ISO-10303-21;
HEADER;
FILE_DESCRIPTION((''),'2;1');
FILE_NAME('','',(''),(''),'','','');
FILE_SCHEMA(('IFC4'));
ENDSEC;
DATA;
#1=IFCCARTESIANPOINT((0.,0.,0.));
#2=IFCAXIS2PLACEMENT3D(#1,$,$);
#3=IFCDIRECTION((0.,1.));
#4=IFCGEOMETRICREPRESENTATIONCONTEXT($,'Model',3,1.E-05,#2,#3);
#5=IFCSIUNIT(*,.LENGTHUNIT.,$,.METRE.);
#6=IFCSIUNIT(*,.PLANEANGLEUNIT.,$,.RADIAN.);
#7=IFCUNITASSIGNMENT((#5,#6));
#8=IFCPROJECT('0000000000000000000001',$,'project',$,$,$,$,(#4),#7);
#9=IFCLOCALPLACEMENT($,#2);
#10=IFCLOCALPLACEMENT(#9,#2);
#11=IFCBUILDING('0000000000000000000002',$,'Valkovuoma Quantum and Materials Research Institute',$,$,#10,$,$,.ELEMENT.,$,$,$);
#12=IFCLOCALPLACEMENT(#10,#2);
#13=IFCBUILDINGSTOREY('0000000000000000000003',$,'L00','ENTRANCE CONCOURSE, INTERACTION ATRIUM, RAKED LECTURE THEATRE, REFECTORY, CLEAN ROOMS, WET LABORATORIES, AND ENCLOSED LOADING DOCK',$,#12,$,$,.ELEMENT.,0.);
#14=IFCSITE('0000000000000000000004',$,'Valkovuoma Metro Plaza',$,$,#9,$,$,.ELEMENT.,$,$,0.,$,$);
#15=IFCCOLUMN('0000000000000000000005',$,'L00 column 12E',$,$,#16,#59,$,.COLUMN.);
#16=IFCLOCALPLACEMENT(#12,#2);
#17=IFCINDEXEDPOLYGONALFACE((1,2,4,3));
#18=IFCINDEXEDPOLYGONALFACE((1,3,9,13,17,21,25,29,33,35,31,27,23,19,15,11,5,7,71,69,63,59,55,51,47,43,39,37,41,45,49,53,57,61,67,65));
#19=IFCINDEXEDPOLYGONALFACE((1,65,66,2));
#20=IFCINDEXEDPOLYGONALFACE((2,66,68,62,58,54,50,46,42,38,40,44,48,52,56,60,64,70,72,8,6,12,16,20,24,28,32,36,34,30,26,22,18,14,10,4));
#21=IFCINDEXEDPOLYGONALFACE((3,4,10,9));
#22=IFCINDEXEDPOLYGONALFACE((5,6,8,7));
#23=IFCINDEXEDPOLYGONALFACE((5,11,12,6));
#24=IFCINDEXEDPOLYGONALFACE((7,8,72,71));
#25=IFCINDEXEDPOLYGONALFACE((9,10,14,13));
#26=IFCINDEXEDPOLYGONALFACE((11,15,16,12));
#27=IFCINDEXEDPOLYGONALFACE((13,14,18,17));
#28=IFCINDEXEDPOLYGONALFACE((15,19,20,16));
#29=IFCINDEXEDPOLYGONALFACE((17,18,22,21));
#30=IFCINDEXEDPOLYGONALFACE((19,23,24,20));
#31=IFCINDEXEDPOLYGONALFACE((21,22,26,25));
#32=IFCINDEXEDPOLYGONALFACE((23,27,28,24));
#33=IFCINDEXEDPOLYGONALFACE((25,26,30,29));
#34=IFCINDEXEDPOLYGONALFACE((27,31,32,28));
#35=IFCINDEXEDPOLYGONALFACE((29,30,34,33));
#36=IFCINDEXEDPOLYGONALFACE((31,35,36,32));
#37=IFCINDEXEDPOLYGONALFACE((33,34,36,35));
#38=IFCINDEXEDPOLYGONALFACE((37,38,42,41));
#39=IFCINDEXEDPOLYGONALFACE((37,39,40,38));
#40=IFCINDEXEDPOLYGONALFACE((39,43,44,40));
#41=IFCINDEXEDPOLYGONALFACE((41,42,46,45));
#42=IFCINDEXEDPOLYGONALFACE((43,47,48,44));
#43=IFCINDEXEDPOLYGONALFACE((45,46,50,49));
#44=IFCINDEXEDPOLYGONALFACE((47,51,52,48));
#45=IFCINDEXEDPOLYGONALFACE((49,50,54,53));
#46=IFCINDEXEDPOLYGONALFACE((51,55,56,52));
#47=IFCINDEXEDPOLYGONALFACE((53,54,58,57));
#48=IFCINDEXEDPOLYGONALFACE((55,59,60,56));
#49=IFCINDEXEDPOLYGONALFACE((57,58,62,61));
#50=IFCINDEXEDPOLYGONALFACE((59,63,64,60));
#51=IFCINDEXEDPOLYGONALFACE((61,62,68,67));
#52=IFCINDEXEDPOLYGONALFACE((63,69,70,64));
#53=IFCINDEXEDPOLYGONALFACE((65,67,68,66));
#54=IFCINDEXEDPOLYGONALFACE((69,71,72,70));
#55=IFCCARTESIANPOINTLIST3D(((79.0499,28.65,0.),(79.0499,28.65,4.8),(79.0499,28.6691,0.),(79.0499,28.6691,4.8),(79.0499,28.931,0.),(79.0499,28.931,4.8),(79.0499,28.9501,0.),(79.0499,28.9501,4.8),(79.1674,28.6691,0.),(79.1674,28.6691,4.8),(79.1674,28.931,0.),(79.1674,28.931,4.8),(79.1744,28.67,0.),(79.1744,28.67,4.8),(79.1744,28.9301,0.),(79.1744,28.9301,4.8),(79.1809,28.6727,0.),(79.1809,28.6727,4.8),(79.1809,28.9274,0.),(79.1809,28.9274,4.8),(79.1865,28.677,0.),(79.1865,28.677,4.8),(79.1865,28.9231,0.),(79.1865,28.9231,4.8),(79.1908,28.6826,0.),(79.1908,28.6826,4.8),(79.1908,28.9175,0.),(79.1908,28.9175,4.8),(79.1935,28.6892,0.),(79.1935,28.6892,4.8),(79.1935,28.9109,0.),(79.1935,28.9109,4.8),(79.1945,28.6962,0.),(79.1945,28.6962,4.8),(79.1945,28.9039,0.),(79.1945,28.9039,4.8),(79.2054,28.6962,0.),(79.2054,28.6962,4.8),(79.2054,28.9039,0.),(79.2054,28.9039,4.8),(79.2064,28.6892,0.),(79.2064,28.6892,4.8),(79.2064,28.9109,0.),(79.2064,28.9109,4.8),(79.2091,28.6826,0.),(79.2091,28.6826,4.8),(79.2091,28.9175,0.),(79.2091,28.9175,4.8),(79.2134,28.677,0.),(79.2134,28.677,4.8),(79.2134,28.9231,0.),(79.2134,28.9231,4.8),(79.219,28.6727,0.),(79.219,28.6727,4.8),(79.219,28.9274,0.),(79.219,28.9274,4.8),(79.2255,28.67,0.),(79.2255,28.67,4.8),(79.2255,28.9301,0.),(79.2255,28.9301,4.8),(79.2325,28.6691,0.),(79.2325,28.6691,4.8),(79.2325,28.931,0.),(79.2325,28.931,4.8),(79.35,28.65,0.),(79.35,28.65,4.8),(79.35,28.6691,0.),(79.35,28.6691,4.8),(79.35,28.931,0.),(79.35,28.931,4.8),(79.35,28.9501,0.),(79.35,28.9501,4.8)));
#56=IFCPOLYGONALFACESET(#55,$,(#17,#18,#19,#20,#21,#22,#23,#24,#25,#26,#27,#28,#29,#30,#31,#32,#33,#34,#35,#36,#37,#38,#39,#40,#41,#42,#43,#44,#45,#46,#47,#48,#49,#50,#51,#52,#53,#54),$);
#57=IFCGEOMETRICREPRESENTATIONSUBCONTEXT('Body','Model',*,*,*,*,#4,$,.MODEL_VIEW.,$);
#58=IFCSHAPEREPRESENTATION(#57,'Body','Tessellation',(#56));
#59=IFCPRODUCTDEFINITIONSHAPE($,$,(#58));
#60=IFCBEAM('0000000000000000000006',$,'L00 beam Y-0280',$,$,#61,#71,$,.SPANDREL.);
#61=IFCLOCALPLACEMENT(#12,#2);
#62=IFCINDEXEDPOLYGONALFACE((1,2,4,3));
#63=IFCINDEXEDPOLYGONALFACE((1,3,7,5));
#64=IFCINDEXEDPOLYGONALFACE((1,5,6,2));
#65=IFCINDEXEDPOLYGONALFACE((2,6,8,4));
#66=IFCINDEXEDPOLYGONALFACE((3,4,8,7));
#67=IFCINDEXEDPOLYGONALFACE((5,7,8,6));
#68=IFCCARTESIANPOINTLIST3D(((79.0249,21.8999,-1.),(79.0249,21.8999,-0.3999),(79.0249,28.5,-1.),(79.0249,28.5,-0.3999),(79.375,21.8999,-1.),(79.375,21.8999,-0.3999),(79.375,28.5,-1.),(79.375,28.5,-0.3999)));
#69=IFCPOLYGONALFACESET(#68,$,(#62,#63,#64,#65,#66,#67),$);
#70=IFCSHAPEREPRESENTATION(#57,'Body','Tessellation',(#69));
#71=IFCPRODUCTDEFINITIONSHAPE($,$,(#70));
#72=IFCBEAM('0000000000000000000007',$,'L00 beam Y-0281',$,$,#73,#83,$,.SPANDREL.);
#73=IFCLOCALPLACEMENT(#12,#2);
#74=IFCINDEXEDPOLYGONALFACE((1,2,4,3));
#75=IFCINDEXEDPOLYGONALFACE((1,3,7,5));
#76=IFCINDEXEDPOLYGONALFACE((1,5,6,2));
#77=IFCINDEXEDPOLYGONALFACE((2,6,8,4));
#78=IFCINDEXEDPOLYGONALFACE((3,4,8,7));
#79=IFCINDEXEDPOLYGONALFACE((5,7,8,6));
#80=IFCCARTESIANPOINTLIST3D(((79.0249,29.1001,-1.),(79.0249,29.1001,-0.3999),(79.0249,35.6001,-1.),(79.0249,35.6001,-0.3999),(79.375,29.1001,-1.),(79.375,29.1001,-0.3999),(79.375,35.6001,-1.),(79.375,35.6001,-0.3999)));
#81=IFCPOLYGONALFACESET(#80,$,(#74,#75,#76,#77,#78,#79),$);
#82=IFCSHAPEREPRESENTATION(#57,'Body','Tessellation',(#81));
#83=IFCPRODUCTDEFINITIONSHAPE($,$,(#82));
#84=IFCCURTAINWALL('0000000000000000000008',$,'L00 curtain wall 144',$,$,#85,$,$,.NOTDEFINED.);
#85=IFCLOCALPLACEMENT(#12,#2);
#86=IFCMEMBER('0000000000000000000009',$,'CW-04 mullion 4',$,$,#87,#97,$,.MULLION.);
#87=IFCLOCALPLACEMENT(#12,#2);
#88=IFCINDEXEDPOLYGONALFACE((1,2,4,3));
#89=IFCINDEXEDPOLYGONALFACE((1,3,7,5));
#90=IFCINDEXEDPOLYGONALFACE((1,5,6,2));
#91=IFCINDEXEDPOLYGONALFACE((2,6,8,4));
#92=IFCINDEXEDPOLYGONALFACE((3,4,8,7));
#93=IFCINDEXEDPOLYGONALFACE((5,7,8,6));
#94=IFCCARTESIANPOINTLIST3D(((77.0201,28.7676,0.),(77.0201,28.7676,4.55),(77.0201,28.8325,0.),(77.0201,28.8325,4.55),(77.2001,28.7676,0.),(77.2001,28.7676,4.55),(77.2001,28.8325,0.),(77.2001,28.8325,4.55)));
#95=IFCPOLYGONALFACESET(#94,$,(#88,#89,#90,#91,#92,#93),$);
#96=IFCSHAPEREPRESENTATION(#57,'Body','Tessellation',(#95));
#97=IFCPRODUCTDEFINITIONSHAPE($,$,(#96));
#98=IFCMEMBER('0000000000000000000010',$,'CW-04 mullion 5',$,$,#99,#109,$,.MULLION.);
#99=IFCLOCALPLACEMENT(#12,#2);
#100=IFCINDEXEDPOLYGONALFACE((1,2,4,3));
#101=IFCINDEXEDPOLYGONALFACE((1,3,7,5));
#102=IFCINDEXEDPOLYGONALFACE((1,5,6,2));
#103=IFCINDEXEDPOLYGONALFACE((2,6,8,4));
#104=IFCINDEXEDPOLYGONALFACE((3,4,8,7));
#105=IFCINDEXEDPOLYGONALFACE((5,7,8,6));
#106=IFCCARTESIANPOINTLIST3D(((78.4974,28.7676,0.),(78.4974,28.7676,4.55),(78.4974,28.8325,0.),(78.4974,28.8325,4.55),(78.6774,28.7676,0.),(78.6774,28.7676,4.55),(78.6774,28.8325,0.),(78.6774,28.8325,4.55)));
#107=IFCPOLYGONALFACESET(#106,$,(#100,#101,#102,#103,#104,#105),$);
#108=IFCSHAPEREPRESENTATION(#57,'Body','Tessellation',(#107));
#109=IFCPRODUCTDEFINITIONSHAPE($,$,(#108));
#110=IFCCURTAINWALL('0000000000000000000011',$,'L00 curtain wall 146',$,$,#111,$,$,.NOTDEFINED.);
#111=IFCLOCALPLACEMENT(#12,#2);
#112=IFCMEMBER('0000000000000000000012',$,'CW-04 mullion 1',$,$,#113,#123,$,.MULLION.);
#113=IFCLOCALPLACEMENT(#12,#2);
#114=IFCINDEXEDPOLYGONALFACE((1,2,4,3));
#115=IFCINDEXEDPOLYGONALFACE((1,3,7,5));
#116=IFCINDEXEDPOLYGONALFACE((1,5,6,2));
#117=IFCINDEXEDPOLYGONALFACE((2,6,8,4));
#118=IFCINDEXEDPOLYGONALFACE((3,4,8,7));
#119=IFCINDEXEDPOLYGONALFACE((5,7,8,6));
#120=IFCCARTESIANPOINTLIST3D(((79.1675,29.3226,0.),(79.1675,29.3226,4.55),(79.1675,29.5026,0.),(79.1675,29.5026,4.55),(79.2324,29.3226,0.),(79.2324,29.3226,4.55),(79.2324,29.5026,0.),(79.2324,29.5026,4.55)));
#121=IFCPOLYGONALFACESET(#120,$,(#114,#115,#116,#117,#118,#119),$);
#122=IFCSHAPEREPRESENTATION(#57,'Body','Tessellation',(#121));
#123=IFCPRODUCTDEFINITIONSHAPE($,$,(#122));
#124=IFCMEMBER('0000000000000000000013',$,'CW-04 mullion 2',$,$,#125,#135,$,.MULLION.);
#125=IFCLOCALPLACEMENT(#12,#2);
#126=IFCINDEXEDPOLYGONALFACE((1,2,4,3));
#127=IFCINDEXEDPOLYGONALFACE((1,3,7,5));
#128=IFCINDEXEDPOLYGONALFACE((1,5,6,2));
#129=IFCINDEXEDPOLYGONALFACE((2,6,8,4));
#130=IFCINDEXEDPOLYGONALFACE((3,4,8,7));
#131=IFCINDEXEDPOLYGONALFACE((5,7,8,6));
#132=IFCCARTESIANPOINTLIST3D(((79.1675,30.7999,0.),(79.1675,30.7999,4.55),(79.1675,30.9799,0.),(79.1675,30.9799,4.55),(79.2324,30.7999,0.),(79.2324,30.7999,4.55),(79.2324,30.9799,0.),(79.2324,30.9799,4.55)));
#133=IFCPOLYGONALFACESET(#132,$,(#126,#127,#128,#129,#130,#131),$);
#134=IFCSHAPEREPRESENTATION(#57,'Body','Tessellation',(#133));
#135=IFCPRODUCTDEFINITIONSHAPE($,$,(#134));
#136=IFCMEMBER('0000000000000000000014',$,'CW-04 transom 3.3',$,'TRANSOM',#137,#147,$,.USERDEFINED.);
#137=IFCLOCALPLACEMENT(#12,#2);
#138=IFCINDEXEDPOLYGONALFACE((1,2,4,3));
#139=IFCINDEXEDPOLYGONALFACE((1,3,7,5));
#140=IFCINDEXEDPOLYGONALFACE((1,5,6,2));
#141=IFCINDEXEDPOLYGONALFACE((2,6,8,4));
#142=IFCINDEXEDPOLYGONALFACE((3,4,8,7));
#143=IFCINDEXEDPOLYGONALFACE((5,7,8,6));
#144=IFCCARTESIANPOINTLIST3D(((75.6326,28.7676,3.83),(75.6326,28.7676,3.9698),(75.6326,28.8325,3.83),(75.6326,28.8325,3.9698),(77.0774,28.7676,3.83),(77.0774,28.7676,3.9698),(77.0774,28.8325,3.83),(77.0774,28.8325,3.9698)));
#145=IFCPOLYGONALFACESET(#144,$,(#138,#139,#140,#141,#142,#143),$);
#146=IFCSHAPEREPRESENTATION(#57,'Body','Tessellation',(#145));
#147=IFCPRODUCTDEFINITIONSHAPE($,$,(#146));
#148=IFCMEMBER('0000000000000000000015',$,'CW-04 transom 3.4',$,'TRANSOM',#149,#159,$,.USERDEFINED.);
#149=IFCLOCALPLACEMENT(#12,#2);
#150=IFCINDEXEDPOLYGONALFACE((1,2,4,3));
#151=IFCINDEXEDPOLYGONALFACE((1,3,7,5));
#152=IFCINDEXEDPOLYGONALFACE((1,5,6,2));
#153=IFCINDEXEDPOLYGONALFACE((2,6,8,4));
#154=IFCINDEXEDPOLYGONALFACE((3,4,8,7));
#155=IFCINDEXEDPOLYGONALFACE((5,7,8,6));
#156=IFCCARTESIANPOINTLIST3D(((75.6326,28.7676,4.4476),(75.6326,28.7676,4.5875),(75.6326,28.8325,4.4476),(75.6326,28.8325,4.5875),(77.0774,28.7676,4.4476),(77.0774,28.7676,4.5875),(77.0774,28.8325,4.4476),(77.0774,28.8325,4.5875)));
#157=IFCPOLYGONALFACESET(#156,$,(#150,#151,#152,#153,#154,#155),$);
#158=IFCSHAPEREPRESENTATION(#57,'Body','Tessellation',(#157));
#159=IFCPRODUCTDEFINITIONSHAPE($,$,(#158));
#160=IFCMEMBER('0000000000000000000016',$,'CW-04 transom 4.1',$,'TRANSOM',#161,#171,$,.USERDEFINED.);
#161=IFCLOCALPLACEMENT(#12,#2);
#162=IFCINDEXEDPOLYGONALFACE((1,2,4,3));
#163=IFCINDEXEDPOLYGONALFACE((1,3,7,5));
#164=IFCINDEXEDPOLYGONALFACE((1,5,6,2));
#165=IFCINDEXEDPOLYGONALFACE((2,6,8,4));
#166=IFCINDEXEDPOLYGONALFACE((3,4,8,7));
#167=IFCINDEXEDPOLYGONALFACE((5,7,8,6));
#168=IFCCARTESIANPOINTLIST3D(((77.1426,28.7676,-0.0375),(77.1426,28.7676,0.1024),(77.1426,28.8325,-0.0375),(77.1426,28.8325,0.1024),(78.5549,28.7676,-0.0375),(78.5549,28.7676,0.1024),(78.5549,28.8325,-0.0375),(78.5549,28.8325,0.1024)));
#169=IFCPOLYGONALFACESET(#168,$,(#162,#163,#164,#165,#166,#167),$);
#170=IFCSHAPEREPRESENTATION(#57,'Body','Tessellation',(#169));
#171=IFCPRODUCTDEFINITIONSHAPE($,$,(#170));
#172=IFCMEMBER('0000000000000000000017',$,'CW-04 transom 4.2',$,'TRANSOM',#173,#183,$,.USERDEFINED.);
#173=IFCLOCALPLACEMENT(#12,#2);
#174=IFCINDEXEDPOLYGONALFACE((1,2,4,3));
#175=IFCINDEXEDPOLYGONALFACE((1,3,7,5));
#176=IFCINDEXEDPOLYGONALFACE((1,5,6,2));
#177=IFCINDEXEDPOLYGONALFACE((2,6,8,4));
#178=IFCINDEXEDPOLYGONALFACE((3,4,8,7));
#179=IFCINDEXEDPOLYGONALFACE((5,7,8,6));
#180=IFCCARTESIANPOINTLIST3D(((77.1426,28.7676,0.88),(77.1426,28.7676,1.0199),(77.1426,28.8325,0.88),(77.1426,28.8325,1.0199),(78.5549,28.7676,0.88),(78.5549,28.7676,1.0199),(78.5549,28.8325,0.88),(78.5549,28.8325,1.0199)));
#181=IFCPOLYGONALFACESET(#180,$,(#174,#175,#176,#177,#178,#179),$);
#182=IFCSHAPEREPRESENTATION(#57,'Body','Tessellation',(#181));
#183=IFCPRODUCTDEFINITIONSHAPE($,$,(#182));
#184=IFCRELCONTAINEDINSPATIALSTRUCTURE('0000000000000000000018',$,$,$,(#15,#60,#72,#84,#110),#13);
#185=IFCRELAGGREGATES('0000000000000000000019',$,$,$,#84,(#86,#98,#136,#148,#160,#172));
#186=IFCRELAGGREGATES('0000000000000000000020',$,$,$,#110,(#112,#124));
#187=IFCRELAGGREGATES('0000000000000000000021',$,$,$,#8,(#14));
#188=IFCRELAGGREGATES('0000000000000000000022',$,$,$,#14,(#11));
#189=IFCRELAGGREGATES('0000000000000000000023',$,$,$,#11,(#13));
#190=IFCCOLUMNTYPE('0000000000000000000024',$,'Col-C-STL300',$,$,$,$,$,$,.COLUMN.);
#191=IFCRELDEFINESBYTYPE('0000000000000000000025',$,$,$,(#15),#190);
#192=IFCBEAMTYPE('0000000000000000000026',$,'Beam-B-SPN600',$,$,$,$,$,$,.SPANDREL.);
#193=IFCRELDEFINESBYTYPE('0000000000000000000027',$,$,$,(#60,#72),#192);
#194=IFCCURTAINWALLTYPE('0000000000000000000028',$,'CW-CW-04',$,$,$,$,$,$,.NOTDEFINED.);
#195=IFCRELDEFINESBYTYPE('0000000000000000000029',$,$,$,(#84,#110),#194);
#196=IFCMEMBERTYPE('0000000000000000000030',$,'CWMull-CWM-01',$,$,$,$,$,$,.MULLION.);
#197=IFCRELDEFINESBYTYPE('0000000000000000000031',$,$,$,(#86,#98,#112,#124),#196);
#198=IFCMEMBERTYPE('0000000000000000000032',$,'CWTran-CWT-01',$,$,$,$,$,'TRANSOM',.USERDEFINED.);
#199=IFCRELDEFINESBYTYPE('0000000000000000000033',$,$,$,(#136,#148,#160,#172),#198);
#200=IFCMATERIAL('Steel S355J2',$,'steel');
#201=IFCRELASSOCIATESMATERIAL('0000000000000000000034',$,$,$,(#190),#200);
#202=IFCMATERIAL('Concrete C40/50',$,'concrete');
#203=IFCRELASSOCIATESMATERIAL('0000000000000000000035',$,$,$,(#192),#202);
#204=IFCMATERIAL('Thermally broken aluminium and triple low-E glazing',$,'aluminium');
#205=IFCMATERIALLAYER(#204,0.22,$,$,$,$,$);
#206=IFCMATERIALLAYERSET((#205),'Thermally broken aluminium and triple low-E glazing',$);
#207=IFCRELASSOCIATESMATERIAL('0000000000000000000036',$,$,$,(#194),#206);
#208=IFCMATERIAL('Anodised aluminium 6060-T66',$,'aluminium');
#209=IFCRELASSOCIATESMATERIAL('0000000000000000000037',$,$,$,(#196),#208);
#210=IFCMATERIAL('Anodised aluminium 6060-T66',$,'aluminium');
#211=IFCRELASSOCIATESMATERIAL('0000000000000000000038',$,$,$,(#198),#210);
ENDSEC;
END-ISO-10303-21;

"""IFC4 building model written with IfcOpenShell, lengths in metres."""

from ifc_helpers import new_model, si_unit, direction, frame, origin, origin_2d, place, context, subcontext, project, spatial, rectangle, i_section, extrude, material, layer, layer_set, material_profile, profile_set, type_object, element, aggregate, save


model = new_model("IFC4")

# Units and contexts
model_context = context("Model", 3, precision=1e-05, world=origin(), true_north=direction((0.0, 1.0)))
body_context = subcontext(model_context, "Body", "Model", "MODEL_VIEW")
ifc_project = project(units=[si_unit("LENGTHUNIT", "METRE"), si_unit("PLANEANGLEUNIT", "RADIAN")], contexts=[model_context])

# Site, building, storey
site_placement = place(None, origin())
site = spatial("IfcSite", under=ifc_project, at=site_placement, Name="Valkovuoma Metro Plaza", CompositionType="ELEMENT", RefElevation=0.0)
building_placement = place(site_placement, origin())
building = spatial("IfcBuilding", under=site, at=building_placement, Name="Valkovuoma Quantum and Materials Research Institute", CompositionType="ELEMENT")
storey_placement = place(building_placement, origin())
storey = spatial("IfcBuildingStorey", under=building, at=storey_placement, Name="L00", Description="ENTRANCE CONCOURSE, INTERACTION ATRIUM, RAKED LECTURE THEATRE, REFECTORY, CLEAN ROOMS, WET LABORATORIES, AND ENCLOSED LOADING DOCK", CompositionType="ELEMENT", Elevation=0.0)

# Column
ifc_material_1 = material(Name="Steel S355J2", Category="steel")
ifc_material_profile_1 = material_profile(ifc_material_1, i_section(OverallWidth=0.3, OverallDepth=0.3, WebThickness=0.011, FlangeThickness=0.019, FilletRadius=0.0271, at=origin_2d()), Name="Steel S355J2")
ifc_profile_set_1 = profile_set([ifc_material_profile_1], Name="Steel S355J2")
column_type = type_object("IfcColumnType", Name="Col-C-STL300", PredefinedType="COLUMN", material=ifc_profile_set_1)
column_placement = place(storey_placement, frame((79.2, 28.8, 0.0), z_axis=(0.0, 0.0, 1.0), x_axis=(1.0, 0.0, 0.0)))
element("IfcColumn", 1, at=column_placement, inside=storey, type_object=column_type, Name="L00 column 12E", PredefinedType="COLUMN", context=body_context, shape_type="SweptSolid", body=[
    extrude(i_section(OverallWidth=0.3, OverallDepth=0.3, WebThickness=0.011, FlangeThickness=0.019, FilletRadius=0.0271, at=origin_2d()), origin(), (0.0, 0.0, 1.0), 4.8),
])

# Beams
ifc_material_2 = material(Name="Concrete C40/50", Category="concrete")
ifc_material_profile_2 = material_profile(ifc_material_2, rectangle(XDim=0.3501, YDim=0.6001, at=origin_2d()), Name="Concrete C40/50")
ifc_profile_set_2 = profile_set([ifc_material_profile_2], Name="Concrete C40/50")
beam_type = type_object("IfcBeamType", Name="Beam-B-SPN600", PredefinedType="SPANDREL", material=ifc_profile_set_2)
beam_1_placement = place(storey_placement, frame((79.2, 21.8999, -0.7), z_axis=(0.0, 1.0, 0.0), x_axis=(-1.0, 0.0, 0.0)))
element("IfcBeam", 2, at=beam_1_placement, inside=storey, type_object=beam_type, Name="L00 beam Y-0280", PredefinedType="SPANDREL", context=body_context, shape_type="SweptSolid", body=[
    extrude(rectangle(XDim=0.3501, YDim=0.6001, at=origin_2d()), origin(), (0.0, 0.0, 1.0), 6.6001),
])
beam_2_placement = place(storey_placement, frame((79.2, 29.1001, -0.7), z_axis=(0.0, 1.0, 0.0), x_axis=(-1.0, 0.0, 0.0)))
element("IfcBeam", 3, at=beam_2_placement, inside=storey, type_object=beam_type, Name="L00 beam Y-0281", PredefinedType="SPANDREL", context=body_context, shape_type="SweptSolid", body=[
    extrude(rectangle(XDim=0.3501, YDim=0.6001, at=origin_2d()), origin(), (0.0, 0.0, 1.0), 6.5),
])

# Curtain walls, members
ifc_material_3 = material(Name="Thermally broken aluminium and triple low-E glazing", Category="aluminium")
ifc_layer_1 = layer(ifc_material_3, 0.22)
ifc_layer_set_1 = layer_set([ifc_layer_1], Name="Thermally broken aluminium and triple low-E glazing")
curtain_wall_type = type_object("IfcCurtainWallType", Name="CW-CW-04", PredefinedType="NOTDEFINED", material=ifc_layer_set_1)
curtain_wall_1_placement = place(storey_placement, origin())
curtain_wall_1 = element("IfcCurtainWall", 4, at=curtain_wall_1_placement, inside=storey, type_object=curtain_wall_type, Name="L00 curtain wall 144", PredefinedType="NOTDEFINED")
ifc_material_4 = material(Name="Anodised aluminium 6060-T66", Category="aluminium")
ifc_material_profile_3 = material_profile(ifc_material_4, rectangle(XDim=0.0649, YDim=0.1799, at=origin_2d()), Name="Anodised aluminium 6060-T66")
ifc_profile_set_3 = profile_set([ifc_material_profile_3], Name="Anodised aluminium 6060-T66")
member_type_1 = type_object("IfcMemberType", Name="CWMull-CWM-01", PredefinedType="MULLION", material=ifc_profile_set_3)
member_1_placement = place(storey_placement, frame((77.1101, 28.8, 0.0), z_axis=(0.0, 0.0, 1.0), x_axis=(0.0, 1.0, 0.0)))
member_1 = element("IfcMember", 5, at=member_1_placement, type_object=member_type_1, Name="CW-04 mullion 4", PredefinedType="MULLION", context=body_context, shape_type="SweptSolid", body=[
    extrude(rectangle(XDim=0.0649, YDim=0.1799, at=origin_2d()), origin(), (0.0, 0.0, 1.0), 4.55),
])
member_2_placement = place(storey_placement, frame((78.5874, 28.8, 0.0), z_axis=(0.0, 0.0, 1.0), x_axis=(0.0, 1.0, 0.0)))
member_2 = element("IfcMember", 6, at=member_2_placement, type_object=member_type_1, Name="CW-04 mullion 5", PredefinedType="MULLION", context=body_context, shape_type="SweptSolid", body=[
    extrude(rectangle(XDim=0.0649, YDim=0.1799, at=origin_2d()), origin(), (0.0, 0.0, 1.0), 4.55),
])
curtain_wall_2_placement = place(storey_placement, origin())
curtain_wall_2 = element("IfcCurtainWall", 7, at=curtain_wall_2_placement, inside=storey, type_object=curtain_wall_type, Name="L00 curtain wall 146", PredefinedType="NOTDEFINED")
member_3_placement = place(storey_placement, frame((79.2, 29.4126, 0.0), z_axis=(0.0, 0.0, 1.0), x_axis=(-1.0, 0.0, 0.0)))
member_3 = element("IfcMember", 8, at=member_3_placement, type_object=member_type_1, Name="CW-04 mullion 1", PredefinedType="MULLION", context=body_context, shape_type="SweptSolid", body=[
    extrude(rectangle(XDim=0.0649, YDim=0.1799, at=origin_2d()), origin(), (0.0, 0.0, 1.0), 4.55),
])
member_4_placement = place(storey_placement, frame((79.2, 30.8899, 0.0), z_axis=(0.0, 0.0, 1.0), x_axis=(-1.0, 0.0, 0.0)))
member_4 = element("IfcMember", 9, at=member_4_placement, type_object=member_type_1, Name="CW-04 mullion 2", PredefinedType="MULLION", context=body_context, shape_type="SweptSolid", body=[
    extrude(rectangle(XDim=0.0649, YDim=0.1799, at=origin_2d()), origin(), (0.0, 0.0, 1.0), 4.55),
])

# Members
ifc_material_5 = material(Name="Anodised aluminium 6060-T66", Category="aluminium")
ifc_material_profile_4 = material_profile(ifc_material_5, rectangle(XDim=0.0649, YDim=0.1399, at=origin_2d()), Name="Anodised aluminium 6060-T66")
ifc_profile_set_4 = profile_set([ifc_material_profile_4], Name="Anodised aluminium 6060-T66")
member_type_2 = type_object("IfcMemberType", Name="CWTran-CWT-01", ElementType="TRANSOM", PredefinedType="USERDEFINED", material=ifc_profile_set_4)
member_5_placement = place(storey_placement, frame((75.6326, 28.8, 3.8999), z_axis=(1.0, 0.0, 0.0), x_axis=(0.0, 1.0, 0.0)))
member_5 = element("IfcMember", 10, at=member_5_placement, type_object=member_type_2, Name="CW-04 transom 3.3", ObjectType="TRANSOM", PredefinedType="USERDEFINED", context=body_context, shape_type="SweptSolid", body=[
    extrude(rectangle(XDim=0.0649, YDim=0.1399, at=origin_2d()), origin(), (0.0, 0.0, 1.0), 1.4448),
])
member_6_placement = place(storey_placement, frame((75.6326, 28.8, 4.5176), z_axis=(1.0, 0.0, 0.0), x_axis=(0.0, 1.0, 0.0)))
member_6 = element("IfcMember", 11, at=member_6_placement, type_object=member_type_2, Name="CW-04 transom 3.4", ObjectType="TRANSOM", PredefinedType="USERDEFINED", context=body_context, shape_type="SweptSolid", body=[
    extrude(rectangle(XDim=0.0649, YDim=0.1399, at=origin_2d()), origin(), (0.0, 0.0, 1.0), 1.4448),
])
member_7_placement = place(storey_placement, frame((77.1426, 28.8, 0.0325), z_axis=(1.0, 0.0, 0.0), x_axis=(0.0, 1.0, 0.0)))
member_7 = element("IfcMember", 12, at=member_7_placement, type_object=member_type_2, Name="CW-04 transom 4.1", ObjectType="TRANSOM", PredefinedType="USERDEFINED", context=body_context, shape_type="SweptSolid", body=[
    extrude(rectangle(XDim=0.0649, YDim=0.1399, at=origin_2d()), origin(), (0.0, 0.0, 1.0), 1.4124),
])
member_8_placement = place(storey_placement, frame((77.1426, 28.8, 0.95), z_axis=(1.0, 0.0, 0.0), x_axis=(0.0, 1.0, 0.0)))
member_8 = element("IfcMember", 13, at=member_8_placement, type_object=member_type_2, Name="CW-04 transom 4.2", ObjectType="TRANSOM", PredefinedType="USERDEFINED", context=body_context, shape_type="SweptSolid", body=[
    extrude(rectangle(XDim=0.0649, YDim=0.1399, at=origin_2d()), origin(), (0.0, 0.0, 1.0), 1.4124),
])

aggregate(curtain_wall_1, [member_1, member_2, member_5, member_6, member_7, member_8])
aggregate(curtain_wall_2, [member_3, member_4])

save(model, "model.ifc")
